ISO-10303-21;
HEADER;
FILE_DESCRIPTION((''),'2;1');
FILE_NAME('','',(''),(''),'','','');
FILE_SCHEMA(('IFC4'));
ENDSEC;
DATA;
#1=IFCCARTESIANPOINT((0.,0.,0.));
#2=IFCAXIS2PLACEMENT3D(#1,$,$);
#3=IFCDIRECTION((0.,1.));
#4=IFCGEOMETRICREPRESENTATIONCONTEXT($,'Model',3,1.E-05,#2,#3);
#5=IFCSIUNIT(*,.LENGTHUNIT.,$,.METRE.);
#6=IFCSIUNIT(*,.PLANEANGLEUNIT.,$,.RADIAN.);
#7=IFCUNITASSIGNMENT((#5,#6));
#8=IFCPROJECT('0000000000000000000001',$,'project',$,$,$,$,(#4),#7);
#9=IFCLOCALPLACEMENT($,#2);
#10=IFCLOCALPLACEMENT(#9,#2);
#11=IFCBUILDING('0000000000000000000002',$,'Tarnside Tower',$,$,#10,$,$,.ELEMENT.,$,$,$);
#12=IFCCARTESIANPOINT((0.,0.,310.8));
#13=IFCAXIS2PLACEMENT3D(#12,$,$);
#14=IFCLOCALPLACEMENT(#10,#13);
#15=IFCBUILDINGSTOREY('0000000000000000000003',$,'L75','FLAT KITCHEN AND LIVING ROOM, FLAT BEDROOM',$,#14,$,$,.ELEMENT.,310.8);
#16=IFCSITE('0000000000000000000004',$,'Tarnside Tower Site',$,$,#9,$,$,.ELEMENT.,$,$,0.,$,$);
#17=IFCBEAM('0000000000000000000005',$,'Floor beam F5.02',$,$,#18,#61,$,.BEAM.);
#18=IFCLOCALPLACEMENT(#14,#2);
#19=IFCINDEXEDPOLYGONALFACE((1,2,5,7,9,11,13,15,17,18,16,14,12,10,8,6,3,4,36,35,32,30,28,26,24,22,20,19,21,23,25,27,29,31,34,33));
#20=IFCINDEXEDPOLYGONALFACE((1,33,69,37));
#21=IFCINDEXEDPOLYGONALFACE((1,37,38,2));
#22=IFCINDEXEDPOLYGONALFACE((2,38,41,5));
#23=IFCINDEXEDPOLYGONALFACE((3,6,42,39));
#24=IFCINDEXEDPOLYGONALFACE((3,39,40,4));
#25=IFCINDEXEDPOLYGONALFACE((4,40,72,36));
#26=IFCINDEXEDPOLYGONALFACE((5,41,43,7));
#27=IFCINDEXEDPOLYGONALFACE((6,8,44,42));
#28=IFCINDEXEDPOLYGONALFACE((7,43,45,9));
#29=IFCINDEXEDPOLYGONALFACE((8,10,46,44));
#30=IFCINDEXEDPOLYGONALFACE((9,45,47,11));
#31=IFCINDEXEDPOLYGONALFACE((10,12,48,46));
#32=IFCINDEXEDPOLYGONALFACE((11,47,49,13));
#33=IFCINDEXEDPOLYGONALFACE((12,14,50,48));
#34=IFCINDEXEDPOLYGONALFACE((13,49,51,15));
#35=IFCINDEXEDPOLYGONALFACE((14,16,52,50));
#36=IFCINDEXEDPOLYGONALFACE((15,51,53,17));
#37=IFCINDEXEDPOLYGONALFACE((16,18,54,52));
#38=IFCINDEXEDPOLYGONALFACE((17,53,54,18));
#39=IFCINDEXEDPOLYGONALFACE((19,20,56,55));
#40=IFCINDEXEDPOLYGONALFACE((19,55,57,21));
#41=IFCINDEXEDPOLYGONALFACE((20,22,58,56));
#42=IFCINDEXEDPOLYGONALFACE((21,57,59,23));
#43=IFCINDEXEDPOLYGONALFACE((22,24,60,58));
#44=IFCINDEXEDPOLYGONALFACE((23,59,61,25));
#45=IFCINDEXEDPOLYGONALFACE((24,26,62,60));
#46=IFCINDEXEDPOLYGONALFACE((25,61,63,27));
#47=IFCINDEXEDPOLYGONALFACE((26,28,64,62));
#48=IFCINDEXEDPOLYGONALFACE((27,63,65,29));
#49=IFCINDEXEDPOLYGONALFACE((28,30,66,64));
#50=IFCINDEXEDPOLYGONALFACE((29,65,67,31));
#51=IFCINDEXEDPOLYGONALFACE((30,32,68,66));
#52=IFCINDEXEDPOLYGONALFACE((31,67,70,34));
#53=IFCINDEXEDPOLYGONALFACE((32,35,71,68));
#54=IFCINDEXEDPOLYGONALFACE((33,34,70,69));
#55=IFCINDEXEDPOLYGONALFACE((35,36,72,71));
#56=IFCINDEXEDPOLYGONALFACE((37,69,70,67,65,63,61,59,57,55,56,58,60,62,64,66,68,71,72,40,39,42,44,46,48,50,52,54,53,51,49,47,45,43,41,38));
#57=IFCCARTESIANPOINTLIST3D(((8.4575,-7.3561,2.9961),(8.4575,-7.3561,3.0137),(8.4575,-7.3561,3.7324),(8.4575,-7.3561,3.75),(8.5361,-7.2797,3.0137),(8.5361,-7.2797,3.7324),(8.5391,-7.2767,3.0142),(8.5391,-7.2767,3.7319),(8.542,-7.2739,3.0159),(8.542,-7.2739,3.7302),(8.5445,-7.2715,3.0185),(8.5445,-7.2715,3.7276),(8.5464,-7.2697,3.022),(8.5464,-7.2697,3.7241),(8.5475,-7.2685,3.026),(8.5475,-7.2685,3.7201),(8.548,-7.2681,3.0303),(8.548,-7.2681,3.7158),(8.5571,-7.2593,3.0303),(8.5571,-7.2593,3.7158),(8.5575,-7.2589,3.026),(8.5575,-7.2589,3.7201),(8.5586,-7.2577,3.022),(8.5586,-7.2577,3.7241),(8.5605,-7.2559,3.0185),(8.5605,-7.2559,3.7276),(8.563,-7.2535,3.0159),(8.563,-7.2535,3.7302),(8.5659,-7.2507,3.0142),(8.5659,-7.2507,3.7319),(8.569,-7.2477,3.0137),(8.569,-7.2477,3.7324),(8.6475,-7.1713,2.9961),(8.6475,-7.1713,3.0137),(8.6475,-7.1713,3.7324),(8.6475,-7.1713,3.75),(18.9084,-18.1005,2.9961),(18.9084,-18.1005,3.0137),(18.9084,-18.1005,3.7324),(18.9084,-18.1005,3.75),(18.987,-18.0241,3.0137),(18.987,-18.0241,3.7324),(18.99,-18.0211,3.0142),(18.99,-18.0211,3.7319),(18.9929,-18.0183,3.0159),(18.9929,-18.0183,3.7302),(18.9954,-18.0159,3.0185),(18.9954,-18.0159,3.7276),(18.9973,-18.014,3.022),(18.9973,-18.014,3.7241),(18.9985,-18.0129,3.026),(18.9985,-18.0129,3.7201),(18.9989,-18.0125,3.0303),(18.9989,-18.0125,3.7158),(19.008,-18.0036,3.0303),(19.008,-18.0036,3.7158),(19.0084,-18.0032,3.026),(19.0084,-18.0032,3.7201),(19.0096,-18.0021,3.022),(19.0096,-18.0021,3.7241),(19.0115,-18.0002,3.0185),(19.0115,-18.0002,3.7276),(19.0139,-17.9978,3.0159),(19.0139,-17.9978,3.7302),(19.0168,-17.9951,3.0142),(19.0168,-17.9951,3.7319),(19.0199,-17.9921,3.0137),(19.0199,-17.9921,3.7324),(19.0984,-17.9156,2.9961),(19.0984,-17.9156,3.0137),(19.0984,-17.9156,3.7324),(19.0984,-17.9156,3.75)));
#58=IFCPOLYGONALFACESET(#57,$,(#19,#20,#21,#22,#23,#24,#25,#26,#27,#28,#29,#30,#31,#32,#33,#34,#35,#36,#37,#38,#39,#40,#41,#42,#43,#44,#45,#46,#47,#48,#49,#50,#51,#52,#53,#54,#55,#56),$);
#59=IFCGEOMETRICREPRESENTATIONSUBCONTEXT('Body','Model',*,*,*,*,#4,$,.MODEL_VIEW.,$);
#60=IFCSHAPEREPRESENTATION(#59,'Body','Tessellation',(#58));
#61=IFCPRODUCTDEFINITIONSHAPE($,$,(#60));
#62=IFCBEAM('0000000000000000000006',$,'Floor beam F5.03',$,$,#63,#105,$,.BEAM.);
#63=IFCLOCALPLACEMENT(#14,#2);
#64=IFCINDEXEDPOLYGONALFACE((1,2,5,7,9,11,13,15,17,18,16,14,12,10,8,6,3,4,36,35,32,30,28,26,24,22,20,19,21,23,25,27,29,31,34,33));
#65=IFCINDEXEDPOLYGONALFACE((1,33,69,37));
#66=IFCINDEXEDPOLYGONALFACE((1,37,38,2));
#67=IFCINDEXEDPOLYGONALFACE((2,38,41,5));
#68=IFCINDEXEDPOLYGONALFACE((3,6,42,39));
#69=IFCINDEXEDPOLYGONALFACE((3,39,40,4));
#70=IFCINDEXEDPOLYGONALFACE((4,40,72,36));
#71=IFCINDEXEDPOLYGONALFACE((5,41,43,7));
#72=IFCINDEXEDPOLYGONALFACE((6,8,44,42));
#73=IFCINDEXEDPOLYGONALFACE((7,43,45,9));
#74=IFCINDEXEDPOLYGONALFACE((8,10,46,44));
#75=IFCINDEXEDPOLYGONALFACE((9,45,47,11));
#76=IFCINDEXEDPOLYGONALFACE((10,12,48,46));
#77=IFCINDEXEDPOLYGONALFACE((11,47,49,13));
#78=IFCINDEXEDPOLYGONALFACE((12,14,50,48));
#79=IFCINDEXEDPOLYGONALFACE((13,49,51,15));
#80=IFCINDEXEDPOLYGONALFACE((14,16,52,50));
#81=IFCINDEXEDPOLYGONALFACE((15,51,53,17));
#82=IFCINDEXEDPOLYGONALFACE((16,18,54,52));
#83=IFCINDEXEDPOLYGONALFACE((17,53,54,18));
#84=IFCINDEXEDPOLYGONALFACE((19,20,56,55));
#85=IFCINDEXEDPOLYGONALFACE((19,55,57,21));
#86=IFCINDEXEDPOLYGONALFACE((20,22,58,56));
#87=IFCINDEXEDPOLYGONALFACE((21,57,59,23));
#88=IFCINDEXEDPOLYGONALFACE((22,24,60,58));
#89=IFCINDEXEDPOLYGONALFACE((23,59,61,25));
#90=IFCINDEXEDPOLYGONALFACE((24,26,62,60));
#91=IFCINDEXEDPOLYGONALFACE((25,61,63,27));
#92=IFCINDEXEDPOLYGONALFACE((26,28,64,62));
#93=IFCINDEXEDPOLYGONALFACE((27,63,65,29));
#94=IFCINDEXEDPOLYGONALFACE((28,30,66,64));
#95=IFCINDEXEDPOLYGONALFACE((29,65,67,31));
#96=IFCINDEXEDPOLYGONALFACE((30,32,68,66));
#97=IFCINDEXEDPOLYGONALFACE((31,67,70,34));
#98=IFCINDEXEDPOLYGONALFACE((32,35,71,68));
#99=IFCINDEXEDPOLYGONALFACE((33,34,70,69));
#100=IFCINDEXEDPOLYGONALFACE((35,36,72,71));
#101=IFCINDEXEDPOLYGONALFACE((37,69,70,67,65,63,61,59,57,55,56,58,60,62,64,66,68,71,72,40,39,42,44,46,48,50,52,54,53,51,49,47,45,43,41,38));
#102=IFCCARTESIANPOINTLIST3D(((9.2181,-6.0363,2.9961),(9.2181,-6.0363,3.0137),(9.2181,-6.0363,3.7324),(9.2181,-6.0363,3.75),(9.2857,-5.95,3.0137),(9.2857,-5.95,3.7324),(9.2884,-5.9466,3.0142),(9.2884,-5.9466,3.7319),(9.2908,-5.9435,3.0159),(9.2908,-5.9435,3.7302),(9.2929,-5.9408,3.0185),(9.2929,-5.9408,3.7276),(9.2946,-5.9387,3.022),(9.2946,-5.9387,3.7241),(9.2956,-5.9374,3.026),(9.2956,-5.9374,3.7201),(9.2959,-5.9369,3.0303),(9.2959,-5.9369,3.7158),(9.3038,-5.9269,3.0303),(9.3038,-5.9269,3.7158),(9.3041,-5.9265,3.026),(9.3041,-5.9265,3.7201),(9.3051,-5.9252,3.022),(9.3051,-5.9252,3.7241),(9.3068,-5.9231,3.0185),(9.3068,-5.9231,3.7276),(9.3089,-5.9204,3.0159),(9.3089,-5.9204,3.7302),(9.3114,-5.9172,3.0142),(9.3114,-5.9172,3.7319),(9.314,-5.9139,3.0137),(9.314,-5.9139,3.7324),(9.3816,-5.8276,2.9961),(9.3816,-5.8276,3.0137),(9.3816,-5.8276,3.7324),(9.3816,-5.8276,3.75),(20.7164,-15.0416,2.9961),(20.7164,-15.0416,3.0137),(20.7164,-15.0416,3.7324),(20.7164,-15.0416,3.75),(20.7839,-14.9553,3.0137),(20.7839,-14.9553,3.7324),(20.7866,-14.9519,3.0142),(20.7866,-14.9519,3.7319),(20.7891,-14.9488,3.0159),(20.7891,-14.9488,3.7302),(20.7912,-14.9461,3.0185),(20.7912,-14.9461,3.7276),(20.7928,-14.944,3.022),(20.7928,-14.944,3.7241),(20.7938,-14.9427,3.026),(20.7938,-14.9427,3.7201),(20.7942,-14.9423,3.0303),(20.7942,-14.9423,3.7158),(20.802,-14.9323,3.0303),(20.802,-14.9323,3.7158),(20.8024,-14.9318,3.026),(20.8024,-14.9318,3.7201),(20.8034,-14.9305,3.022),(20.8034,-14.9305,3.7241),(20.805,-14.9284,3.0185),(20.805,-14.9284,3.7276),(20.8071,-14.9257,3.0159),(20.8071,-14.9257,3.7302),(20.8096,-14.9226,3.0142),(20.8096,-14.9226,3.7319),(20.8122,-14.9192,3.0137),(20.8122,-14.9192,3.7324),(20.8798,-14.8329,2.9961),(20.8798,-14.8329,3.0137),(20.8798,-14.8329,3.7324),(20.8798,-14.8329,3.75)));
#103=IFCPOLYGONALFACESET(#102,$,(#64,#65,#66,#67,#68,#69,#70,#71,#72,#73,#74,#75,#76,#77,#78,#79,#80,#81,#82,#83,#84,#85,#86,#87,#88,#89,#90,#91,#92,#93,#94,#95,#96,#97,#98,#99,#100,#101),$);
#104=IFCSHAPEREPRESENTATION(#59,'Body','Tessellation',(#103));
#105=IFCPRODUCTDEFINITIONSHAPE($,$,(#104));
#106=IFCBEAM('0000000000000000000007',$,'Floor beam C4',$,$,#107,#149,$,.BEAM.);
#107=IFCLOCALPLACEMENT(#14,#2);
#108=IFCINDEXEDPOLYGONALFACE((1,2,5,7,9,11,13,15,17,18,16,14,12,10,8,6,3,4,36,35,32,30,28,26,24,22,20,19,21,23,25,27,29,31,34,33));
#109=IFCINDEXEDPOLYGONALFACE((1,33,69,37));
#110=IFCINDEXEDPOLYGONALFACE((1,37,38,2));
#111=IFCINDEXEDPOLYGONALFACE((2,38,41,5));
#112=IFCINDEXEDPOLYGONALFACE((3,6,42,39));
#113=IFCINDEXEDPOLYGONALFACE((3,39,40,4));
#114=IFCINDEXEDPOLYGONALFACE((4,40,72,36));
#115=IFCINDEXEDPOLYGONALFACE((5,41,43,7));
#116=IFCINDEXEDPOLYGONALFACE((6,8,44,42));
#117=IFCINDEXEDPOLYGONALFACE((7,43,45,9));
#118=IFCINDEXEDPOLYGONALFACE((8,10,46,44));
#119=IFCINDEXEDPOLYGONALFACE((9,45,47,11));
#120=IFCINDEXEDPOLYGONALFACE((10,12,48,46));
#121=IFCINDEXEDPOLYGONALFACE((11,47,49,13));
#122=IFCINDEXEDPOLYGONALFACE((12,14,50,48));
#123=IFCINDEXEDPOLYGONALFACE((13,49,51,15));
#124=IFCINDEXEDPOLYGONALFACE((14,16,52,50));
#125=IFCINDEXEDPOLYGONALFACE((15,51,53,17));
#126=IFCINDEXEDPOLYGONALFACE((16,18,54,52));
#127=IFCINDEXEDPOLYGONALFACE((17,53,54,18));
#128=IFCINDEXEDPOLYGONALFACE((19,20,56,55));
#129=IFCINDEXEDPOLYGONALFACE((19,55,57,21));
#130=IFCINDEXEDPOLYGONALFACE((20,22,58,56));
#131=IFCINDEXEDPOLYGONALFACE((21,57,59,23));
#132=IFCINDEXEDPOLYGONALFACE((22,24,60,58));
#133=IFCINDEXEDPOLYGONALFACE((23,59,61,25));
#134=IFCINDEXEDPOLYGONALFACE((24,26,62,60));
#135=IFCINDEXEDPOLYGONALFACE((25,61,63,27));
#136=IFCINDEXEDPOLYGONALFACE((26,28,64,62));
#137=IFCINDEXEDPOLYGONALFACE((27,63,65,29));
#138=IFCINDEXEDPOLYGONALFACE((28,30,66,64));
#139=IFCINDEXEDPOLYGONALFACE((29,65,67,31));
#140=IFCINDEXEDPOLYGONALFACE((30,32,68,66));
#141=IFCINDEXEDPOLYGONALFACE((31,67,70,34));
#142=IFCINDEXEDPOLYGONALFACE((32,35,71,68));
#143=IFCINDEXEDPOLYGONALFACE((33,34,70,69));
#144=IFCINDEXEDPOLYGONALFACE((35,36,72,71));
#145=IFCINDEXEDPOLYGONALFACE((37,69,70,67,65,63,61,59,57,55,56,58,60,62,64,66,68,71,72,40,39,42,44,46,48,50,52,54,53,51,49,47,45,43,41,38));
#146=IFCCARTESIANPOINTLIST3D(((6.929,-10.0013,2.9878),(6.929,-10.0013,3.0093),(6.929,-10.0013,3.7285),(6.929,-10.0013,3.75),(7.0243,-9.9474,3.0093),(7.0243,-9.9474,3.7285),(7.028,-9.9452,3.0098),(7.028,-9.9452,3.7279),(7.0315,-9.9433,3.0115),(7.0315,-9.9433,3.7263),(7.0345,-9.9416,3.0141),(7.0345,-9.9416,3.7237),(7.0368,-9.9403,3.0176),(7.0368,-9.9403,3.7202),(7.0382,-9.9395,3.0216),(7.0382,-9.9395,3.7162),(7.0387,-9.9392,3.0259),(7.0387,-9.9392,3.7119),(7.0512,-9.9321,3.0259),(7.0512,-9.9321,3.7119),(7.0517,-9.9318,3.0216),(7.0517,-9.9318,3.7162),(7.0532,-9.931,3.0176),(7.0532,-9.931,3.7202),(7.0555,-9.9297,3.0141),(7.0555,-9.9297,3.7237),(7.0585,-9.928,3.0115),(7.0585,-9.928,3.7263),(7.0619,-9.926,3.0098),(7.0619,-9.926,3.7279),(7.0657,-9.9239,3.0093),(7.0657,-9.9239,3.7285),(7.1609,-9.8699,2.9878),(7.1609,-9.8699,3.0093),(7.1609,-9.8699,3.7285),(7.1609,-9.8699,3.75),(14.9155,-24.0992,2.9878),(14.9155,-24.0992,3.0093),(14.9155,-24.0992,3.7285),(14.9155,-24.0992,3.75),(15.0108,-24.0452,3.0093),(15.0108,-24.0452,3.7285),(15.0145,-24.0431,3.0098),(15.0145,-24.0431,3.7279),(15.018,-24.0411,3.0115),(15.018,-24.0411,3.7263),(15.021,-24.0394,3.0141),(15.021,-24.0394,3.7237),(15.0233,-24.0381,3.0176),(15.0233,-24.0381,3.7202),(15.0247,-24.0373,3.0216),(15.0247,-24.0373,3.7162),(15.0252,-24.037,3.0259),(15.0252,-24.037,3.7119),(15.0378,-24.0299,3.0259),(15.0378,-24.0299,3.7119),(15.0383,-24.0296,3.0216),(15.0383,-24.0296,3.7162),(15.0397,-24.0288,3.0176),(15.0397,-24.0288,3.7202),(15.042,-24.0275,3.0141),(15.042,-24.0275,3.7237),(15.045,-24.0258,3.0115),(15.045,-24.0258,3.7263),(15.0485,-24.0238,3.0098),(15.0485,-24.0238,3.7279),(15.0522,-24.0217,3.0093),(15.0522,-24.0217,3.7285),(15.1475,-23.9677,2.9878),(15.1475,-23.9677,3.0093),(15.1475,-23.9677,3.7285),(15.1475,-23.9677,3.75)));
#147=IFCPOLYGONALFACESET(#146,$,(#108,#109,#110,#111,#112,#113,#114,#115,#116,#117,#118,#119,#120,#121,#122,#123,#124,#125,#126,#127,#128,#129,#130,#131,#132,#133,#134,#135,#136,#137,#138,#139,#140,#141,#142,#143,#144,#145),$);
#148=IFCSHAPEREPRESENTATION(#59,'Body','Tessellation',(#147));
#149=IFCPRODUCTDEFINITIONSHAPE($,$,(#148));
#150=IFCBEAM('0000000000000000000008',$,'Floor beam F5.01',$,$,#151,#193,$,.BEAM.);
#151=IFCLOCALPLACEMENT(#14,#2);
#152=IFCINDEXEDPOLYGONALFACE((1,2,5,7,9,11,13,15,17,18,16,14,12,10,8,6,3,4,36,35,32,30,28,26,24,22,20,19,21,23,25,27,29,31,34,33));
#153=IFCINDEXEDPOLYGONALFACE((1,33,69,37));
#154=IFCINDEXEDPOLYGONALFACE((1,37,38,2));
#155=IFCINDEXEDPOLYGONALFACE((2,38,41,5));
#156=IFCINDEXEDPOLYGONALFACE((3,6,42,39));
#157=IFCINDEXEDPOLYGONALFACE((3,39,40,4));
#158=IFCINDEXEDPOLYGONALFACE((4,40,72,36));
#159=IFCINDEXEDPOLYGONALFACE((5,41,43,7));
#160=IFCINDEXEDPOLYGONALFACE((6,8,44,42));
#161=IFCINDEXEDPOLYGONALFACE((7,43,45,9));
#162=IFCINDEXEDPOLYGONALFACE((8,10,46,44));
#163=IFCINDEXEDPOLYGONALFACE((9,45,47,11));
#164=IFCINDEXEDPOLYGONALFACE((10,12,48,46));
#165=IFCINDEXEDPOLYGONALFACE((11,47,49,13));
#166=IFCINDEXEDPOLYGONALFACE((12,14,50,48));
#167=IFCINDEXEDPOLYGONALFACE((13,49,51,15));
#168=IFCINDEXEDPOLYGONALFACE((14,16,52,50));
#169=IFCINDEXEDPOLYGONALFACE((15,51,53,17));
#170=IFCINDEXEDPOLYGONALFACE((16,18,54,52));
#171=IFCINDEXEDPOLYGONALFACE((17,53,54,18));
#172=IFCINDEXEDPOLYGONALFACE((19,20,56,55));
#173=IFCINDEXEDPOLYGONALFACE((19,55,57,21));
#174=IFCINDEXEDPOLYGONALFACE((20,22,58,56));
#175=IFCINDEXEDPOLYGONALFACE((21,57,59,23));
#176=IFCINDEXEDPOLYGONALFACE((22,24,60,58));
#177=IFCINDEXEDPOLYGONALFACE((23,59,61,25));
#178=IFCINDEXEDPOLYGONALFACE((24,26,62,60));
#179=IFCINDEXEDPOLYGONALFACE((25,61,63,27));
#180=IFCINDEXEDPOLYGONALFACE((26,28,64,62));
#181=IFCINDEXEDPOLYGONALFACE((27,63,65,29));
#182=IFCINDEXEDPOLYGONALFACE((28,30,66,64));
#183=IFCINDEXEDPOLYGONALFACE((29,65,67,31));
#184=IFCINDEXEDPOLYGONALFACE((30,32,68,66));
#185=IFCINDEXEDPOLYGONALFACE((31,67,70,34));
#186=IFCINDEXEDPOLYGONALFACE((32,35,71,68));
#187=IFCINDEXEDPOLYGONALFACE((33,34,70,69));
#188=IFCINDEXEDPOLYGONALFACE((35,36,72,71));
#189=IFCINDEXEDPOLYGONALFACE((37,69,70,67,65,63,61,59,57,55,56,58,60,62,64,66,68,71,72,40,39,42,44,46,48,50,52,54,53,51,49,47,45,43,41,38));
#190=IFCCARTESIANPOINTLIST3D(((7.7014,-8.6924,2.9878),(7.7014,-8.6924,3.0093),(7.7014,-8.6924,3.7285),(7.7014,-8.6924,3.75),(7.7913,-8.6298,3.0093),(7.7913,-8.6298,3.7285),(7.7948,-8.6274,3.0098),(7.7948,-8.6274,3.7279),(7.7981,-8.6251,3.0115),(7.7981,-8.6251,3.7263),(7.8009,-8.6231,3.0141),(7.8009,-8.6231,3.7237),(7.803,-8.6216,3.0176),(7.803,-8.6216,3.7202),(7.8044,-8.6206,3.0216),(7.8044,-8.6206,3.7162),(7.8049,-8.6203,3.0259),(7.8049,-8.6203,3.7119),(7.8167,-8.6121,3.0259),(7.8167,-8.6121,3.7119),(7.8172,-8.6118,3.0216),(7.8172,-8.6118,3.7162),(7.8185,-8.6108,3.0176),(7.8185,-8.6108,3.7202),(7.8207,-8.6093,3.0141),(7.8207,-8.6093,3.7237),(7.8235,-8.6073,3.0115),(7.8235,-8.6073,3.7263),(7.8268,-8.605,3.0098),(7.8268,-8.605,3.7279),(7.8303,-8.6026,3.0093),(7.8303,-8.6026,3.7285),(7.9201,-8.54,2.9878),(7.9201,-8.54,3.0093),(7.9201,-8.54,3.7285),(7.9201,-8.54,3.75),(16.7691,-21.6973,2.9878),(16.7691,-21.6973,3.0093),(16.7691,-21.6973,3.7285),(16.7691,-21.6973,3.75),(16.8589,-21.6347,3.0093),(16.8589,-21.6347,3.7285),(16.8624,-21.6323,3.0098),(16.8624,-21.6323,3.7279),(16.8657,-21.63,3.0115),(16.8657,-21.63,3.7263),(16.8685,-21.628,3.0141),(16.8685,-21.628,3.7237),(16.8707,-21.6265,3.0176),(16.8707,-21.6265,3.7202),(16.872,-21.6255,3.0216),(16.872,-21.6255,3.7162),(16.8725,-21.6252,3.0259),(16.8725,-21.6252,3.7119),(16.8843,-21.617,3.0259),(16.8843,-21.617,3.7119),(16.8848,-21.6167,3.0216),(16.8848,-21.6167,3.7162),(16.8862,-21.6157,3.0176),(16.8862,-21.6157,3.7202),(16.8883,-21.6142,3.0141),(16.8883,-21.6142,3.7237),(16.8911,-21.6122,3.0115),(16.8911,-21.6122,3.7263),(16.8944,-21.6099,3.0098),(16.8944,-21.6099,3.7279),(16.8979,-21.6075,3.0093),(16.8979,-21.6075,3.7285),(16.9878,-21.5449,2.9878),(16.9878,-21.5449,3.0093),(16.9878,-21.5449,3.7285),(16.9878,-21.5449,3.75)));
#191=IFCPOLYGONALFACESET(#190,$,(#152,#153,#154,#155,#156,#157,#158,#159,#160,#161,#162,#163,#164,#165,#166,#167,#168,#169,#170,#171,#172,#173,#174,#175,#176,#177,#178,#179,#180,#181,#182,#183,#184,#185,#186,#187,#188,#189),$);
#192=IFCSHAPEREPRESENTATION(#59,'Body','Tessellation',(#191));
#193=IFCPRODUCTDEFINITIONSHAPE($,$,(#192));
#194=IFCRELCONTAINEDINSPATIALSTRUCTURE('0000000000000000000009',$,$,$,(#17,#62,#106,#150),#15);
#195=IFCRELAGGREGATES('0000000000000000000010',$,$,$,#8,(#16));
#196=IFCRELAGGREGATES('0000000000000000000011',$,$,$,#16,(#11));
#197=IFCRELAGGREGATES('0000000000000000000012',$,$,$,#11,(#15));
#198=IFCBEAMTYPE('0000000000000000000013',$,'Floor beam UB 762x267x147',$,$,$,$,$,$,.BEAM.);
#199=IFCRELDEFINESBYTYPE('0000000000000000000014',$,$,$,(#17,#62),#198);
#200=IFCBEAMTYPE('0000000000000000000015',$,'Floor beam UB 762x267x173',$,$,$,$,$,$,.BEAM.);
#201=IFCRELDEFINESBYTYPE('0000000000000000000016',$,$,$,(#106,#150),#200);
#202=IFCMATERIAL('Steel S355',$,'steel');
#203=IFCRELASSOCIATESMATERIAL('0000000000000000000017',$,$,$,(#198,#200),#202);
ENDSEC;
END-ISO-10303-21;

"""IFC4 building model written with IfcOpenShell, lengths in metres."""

from ifc_helpers import new_model, si_unit, direction, frame, origin, origin_2d, place, context, subcontext, project, spatial, i_section, extrude, material, material_profile, profile_set, type_object, element, save


model = new_model("IFC4")

# Units and contexts
model_context = context("Model", 3, precision=1e-05, world=origin(), true_north=direction((0.0, 1.0)))
body_context = subcontext(model_context, "Body", "Model", "MODEL_VIEW")
ifc_project = project(units=[si_unit("LENGTHUNIT", "METRE"), si_unit("PLANEANGLEUNIT", "RADIAN")], contexts=[model_context])

# Site, building, storey
site_placement = place(None, origin())
site = spatial("IfcSite", under=ifc_project, at=site_placement, Name="Tarnside Tower Site", CompositionType="ELEMENT", RefElevation=0.0)
building_placement = place(site_placement, origin())
building = spatial("IfcBuilding", under=site, at=building_placement, Name="Tarnside Tower", CompositionType="ELEMENT")
storey_placement = place(building_placement, frame((0.0, 0.0, 310.8)))
storey = spatial("IfcBuildingStorey", under=building, at=storey_placement, Name="L75", Description="FLAT KITCHEN AND LIVING ROOM, FLAT BEDROOM", CompositionType="ELEMENT", Elevation=310.8)

# Beams
ifc_material_1 = material(Name="Steel S355", Category="steel")
ifc_material_profile_1 = material_profile(ifc_material_1, i_section(OverallWidth=0.2651, OverallDepth=0.7539, WebThickness=0.0127, FlangeThickness=0.0176, FilletRadius=0.0166, at=origin_2d()), Name="UB 762x267x147")
ifc_profile_set_1 = profile_set([ifc_material_profile_1], Name="Steel S355")
beam_type_1 = type_object("IfcBeamType", Name="Floor beam UB 762x267x147", PredefinedType="BEAM", material=ifc_profile_set_1)
beam_1_placement = place(storey_placement, frame((19.0034, -18.0081, 3.373), z_axis=(-0.69725, 0.716828, 0.0), x_axis=(-0.716828, -0.69725, 0.0)))
element("IfcBeam", 1, at=beam_1_placement, inside=storey, type_object=beam_type_1, Name="Floor beam F5.02", PredefinedType="BEAM", context=body_context, shape_type="SweptSolid", body=[
    extrude(i_section(OverallWidth=0.2651, OverallDepth=0.7539, WebThickness=0.0127, FlangeThickness=0.0176, FilletRadius=0.0166, at=origin_2d()), origin(), (0.0, 0.0, 1.0), 14.9888),
])
beam_2_placement = place(storey_placement, frame((20.7981, -14.9373, 3.373), z_axis=(-0.787282, 0.616593, 0.0), x_axis=(-0.616593, -0.787282, 0.0)))
element("IfcBeam", 2, at=beam_2_placement, inside=storey, type_object=beam_type_1, Name="Floor beam F5.03", PredefinedType="BEAM", context=body_context, shape_type="SweptSolid", body=[
    extrude(i_section(OverallWidth=0.2651, OverallDepth=0.7539, WebThickness=0.0127, FlangeThickness=0.0176, FilletRadius=0.0166, at=origin_2d()), origin(), (0.0, 0.0, 1.0), 14.605),
])
ifc_material_profile_2 = material_profile(ifc_material_1, i_section(OverallWidth=0.2666, OverallDepth=0.7622, WebThickness=0.0144, FlangeThickness=0.0215, FilletRadius=0.0166, at=origin_2d()), Name="UB 762x267x173")
ifc_profile_set_2 = profile_set([ifc_material_profile_2], Name="Steel S355")
beam_type_2 = type_object("IfcBeamType", Name="Floor beam UB 762x267x173", PredefinedType="BEAM", material=ifc_profile_set_2)
beam_3_placement = place(storey_placement, frame((15.0315, -24.0334, 3.3689), z_axis=(-0.492908, 0.870081, 0.0), x_axis=(-0.870081, -0.492908, 0.0)))
element("IfcBeam", 3, at=beam_3_placement, inside=storey, type_object=beam_type_2, Name="Floor beam C4", PredefinedType="BEAM", context=body_context, shape_type="SweptSolid", body=[
    extrude(i_section(OverallWidth=0.2666, OverallDepth=0.7622, WebThickness=0.0144, FlangeThickness=0.0215, FilletRadius=0.0166, at=origin_2d()), origin(), (0.0, 0.0, 1.0), 16.2029),
])
beam_4_placement = place(storey_placement, frame((16.8784, -21.6211, 3.3689), z_axis=(-0.571946, 0.820291, 0.0), x_axis=(-0.820291, -0.571946, 0.0)))
element("IfcBeam", 4, at=beam_4_placement, inside=storey, type_object=beam_type_2, Name="Floor beam F5.01", PredefinedType="BEAM", context=body_context, shape_type="SweptSolid", body=[
    extrude(i_section(OverallWidth=0.2666, OverallDepth=0.7622, WebThickness=0.0144, FlangeThickness=0.0215, FilletRadius=0.0166, at=origin_2d()), origin(), (0.0, 0.0, 1.0), 15.854),
])

save(model, "model.ifc")
